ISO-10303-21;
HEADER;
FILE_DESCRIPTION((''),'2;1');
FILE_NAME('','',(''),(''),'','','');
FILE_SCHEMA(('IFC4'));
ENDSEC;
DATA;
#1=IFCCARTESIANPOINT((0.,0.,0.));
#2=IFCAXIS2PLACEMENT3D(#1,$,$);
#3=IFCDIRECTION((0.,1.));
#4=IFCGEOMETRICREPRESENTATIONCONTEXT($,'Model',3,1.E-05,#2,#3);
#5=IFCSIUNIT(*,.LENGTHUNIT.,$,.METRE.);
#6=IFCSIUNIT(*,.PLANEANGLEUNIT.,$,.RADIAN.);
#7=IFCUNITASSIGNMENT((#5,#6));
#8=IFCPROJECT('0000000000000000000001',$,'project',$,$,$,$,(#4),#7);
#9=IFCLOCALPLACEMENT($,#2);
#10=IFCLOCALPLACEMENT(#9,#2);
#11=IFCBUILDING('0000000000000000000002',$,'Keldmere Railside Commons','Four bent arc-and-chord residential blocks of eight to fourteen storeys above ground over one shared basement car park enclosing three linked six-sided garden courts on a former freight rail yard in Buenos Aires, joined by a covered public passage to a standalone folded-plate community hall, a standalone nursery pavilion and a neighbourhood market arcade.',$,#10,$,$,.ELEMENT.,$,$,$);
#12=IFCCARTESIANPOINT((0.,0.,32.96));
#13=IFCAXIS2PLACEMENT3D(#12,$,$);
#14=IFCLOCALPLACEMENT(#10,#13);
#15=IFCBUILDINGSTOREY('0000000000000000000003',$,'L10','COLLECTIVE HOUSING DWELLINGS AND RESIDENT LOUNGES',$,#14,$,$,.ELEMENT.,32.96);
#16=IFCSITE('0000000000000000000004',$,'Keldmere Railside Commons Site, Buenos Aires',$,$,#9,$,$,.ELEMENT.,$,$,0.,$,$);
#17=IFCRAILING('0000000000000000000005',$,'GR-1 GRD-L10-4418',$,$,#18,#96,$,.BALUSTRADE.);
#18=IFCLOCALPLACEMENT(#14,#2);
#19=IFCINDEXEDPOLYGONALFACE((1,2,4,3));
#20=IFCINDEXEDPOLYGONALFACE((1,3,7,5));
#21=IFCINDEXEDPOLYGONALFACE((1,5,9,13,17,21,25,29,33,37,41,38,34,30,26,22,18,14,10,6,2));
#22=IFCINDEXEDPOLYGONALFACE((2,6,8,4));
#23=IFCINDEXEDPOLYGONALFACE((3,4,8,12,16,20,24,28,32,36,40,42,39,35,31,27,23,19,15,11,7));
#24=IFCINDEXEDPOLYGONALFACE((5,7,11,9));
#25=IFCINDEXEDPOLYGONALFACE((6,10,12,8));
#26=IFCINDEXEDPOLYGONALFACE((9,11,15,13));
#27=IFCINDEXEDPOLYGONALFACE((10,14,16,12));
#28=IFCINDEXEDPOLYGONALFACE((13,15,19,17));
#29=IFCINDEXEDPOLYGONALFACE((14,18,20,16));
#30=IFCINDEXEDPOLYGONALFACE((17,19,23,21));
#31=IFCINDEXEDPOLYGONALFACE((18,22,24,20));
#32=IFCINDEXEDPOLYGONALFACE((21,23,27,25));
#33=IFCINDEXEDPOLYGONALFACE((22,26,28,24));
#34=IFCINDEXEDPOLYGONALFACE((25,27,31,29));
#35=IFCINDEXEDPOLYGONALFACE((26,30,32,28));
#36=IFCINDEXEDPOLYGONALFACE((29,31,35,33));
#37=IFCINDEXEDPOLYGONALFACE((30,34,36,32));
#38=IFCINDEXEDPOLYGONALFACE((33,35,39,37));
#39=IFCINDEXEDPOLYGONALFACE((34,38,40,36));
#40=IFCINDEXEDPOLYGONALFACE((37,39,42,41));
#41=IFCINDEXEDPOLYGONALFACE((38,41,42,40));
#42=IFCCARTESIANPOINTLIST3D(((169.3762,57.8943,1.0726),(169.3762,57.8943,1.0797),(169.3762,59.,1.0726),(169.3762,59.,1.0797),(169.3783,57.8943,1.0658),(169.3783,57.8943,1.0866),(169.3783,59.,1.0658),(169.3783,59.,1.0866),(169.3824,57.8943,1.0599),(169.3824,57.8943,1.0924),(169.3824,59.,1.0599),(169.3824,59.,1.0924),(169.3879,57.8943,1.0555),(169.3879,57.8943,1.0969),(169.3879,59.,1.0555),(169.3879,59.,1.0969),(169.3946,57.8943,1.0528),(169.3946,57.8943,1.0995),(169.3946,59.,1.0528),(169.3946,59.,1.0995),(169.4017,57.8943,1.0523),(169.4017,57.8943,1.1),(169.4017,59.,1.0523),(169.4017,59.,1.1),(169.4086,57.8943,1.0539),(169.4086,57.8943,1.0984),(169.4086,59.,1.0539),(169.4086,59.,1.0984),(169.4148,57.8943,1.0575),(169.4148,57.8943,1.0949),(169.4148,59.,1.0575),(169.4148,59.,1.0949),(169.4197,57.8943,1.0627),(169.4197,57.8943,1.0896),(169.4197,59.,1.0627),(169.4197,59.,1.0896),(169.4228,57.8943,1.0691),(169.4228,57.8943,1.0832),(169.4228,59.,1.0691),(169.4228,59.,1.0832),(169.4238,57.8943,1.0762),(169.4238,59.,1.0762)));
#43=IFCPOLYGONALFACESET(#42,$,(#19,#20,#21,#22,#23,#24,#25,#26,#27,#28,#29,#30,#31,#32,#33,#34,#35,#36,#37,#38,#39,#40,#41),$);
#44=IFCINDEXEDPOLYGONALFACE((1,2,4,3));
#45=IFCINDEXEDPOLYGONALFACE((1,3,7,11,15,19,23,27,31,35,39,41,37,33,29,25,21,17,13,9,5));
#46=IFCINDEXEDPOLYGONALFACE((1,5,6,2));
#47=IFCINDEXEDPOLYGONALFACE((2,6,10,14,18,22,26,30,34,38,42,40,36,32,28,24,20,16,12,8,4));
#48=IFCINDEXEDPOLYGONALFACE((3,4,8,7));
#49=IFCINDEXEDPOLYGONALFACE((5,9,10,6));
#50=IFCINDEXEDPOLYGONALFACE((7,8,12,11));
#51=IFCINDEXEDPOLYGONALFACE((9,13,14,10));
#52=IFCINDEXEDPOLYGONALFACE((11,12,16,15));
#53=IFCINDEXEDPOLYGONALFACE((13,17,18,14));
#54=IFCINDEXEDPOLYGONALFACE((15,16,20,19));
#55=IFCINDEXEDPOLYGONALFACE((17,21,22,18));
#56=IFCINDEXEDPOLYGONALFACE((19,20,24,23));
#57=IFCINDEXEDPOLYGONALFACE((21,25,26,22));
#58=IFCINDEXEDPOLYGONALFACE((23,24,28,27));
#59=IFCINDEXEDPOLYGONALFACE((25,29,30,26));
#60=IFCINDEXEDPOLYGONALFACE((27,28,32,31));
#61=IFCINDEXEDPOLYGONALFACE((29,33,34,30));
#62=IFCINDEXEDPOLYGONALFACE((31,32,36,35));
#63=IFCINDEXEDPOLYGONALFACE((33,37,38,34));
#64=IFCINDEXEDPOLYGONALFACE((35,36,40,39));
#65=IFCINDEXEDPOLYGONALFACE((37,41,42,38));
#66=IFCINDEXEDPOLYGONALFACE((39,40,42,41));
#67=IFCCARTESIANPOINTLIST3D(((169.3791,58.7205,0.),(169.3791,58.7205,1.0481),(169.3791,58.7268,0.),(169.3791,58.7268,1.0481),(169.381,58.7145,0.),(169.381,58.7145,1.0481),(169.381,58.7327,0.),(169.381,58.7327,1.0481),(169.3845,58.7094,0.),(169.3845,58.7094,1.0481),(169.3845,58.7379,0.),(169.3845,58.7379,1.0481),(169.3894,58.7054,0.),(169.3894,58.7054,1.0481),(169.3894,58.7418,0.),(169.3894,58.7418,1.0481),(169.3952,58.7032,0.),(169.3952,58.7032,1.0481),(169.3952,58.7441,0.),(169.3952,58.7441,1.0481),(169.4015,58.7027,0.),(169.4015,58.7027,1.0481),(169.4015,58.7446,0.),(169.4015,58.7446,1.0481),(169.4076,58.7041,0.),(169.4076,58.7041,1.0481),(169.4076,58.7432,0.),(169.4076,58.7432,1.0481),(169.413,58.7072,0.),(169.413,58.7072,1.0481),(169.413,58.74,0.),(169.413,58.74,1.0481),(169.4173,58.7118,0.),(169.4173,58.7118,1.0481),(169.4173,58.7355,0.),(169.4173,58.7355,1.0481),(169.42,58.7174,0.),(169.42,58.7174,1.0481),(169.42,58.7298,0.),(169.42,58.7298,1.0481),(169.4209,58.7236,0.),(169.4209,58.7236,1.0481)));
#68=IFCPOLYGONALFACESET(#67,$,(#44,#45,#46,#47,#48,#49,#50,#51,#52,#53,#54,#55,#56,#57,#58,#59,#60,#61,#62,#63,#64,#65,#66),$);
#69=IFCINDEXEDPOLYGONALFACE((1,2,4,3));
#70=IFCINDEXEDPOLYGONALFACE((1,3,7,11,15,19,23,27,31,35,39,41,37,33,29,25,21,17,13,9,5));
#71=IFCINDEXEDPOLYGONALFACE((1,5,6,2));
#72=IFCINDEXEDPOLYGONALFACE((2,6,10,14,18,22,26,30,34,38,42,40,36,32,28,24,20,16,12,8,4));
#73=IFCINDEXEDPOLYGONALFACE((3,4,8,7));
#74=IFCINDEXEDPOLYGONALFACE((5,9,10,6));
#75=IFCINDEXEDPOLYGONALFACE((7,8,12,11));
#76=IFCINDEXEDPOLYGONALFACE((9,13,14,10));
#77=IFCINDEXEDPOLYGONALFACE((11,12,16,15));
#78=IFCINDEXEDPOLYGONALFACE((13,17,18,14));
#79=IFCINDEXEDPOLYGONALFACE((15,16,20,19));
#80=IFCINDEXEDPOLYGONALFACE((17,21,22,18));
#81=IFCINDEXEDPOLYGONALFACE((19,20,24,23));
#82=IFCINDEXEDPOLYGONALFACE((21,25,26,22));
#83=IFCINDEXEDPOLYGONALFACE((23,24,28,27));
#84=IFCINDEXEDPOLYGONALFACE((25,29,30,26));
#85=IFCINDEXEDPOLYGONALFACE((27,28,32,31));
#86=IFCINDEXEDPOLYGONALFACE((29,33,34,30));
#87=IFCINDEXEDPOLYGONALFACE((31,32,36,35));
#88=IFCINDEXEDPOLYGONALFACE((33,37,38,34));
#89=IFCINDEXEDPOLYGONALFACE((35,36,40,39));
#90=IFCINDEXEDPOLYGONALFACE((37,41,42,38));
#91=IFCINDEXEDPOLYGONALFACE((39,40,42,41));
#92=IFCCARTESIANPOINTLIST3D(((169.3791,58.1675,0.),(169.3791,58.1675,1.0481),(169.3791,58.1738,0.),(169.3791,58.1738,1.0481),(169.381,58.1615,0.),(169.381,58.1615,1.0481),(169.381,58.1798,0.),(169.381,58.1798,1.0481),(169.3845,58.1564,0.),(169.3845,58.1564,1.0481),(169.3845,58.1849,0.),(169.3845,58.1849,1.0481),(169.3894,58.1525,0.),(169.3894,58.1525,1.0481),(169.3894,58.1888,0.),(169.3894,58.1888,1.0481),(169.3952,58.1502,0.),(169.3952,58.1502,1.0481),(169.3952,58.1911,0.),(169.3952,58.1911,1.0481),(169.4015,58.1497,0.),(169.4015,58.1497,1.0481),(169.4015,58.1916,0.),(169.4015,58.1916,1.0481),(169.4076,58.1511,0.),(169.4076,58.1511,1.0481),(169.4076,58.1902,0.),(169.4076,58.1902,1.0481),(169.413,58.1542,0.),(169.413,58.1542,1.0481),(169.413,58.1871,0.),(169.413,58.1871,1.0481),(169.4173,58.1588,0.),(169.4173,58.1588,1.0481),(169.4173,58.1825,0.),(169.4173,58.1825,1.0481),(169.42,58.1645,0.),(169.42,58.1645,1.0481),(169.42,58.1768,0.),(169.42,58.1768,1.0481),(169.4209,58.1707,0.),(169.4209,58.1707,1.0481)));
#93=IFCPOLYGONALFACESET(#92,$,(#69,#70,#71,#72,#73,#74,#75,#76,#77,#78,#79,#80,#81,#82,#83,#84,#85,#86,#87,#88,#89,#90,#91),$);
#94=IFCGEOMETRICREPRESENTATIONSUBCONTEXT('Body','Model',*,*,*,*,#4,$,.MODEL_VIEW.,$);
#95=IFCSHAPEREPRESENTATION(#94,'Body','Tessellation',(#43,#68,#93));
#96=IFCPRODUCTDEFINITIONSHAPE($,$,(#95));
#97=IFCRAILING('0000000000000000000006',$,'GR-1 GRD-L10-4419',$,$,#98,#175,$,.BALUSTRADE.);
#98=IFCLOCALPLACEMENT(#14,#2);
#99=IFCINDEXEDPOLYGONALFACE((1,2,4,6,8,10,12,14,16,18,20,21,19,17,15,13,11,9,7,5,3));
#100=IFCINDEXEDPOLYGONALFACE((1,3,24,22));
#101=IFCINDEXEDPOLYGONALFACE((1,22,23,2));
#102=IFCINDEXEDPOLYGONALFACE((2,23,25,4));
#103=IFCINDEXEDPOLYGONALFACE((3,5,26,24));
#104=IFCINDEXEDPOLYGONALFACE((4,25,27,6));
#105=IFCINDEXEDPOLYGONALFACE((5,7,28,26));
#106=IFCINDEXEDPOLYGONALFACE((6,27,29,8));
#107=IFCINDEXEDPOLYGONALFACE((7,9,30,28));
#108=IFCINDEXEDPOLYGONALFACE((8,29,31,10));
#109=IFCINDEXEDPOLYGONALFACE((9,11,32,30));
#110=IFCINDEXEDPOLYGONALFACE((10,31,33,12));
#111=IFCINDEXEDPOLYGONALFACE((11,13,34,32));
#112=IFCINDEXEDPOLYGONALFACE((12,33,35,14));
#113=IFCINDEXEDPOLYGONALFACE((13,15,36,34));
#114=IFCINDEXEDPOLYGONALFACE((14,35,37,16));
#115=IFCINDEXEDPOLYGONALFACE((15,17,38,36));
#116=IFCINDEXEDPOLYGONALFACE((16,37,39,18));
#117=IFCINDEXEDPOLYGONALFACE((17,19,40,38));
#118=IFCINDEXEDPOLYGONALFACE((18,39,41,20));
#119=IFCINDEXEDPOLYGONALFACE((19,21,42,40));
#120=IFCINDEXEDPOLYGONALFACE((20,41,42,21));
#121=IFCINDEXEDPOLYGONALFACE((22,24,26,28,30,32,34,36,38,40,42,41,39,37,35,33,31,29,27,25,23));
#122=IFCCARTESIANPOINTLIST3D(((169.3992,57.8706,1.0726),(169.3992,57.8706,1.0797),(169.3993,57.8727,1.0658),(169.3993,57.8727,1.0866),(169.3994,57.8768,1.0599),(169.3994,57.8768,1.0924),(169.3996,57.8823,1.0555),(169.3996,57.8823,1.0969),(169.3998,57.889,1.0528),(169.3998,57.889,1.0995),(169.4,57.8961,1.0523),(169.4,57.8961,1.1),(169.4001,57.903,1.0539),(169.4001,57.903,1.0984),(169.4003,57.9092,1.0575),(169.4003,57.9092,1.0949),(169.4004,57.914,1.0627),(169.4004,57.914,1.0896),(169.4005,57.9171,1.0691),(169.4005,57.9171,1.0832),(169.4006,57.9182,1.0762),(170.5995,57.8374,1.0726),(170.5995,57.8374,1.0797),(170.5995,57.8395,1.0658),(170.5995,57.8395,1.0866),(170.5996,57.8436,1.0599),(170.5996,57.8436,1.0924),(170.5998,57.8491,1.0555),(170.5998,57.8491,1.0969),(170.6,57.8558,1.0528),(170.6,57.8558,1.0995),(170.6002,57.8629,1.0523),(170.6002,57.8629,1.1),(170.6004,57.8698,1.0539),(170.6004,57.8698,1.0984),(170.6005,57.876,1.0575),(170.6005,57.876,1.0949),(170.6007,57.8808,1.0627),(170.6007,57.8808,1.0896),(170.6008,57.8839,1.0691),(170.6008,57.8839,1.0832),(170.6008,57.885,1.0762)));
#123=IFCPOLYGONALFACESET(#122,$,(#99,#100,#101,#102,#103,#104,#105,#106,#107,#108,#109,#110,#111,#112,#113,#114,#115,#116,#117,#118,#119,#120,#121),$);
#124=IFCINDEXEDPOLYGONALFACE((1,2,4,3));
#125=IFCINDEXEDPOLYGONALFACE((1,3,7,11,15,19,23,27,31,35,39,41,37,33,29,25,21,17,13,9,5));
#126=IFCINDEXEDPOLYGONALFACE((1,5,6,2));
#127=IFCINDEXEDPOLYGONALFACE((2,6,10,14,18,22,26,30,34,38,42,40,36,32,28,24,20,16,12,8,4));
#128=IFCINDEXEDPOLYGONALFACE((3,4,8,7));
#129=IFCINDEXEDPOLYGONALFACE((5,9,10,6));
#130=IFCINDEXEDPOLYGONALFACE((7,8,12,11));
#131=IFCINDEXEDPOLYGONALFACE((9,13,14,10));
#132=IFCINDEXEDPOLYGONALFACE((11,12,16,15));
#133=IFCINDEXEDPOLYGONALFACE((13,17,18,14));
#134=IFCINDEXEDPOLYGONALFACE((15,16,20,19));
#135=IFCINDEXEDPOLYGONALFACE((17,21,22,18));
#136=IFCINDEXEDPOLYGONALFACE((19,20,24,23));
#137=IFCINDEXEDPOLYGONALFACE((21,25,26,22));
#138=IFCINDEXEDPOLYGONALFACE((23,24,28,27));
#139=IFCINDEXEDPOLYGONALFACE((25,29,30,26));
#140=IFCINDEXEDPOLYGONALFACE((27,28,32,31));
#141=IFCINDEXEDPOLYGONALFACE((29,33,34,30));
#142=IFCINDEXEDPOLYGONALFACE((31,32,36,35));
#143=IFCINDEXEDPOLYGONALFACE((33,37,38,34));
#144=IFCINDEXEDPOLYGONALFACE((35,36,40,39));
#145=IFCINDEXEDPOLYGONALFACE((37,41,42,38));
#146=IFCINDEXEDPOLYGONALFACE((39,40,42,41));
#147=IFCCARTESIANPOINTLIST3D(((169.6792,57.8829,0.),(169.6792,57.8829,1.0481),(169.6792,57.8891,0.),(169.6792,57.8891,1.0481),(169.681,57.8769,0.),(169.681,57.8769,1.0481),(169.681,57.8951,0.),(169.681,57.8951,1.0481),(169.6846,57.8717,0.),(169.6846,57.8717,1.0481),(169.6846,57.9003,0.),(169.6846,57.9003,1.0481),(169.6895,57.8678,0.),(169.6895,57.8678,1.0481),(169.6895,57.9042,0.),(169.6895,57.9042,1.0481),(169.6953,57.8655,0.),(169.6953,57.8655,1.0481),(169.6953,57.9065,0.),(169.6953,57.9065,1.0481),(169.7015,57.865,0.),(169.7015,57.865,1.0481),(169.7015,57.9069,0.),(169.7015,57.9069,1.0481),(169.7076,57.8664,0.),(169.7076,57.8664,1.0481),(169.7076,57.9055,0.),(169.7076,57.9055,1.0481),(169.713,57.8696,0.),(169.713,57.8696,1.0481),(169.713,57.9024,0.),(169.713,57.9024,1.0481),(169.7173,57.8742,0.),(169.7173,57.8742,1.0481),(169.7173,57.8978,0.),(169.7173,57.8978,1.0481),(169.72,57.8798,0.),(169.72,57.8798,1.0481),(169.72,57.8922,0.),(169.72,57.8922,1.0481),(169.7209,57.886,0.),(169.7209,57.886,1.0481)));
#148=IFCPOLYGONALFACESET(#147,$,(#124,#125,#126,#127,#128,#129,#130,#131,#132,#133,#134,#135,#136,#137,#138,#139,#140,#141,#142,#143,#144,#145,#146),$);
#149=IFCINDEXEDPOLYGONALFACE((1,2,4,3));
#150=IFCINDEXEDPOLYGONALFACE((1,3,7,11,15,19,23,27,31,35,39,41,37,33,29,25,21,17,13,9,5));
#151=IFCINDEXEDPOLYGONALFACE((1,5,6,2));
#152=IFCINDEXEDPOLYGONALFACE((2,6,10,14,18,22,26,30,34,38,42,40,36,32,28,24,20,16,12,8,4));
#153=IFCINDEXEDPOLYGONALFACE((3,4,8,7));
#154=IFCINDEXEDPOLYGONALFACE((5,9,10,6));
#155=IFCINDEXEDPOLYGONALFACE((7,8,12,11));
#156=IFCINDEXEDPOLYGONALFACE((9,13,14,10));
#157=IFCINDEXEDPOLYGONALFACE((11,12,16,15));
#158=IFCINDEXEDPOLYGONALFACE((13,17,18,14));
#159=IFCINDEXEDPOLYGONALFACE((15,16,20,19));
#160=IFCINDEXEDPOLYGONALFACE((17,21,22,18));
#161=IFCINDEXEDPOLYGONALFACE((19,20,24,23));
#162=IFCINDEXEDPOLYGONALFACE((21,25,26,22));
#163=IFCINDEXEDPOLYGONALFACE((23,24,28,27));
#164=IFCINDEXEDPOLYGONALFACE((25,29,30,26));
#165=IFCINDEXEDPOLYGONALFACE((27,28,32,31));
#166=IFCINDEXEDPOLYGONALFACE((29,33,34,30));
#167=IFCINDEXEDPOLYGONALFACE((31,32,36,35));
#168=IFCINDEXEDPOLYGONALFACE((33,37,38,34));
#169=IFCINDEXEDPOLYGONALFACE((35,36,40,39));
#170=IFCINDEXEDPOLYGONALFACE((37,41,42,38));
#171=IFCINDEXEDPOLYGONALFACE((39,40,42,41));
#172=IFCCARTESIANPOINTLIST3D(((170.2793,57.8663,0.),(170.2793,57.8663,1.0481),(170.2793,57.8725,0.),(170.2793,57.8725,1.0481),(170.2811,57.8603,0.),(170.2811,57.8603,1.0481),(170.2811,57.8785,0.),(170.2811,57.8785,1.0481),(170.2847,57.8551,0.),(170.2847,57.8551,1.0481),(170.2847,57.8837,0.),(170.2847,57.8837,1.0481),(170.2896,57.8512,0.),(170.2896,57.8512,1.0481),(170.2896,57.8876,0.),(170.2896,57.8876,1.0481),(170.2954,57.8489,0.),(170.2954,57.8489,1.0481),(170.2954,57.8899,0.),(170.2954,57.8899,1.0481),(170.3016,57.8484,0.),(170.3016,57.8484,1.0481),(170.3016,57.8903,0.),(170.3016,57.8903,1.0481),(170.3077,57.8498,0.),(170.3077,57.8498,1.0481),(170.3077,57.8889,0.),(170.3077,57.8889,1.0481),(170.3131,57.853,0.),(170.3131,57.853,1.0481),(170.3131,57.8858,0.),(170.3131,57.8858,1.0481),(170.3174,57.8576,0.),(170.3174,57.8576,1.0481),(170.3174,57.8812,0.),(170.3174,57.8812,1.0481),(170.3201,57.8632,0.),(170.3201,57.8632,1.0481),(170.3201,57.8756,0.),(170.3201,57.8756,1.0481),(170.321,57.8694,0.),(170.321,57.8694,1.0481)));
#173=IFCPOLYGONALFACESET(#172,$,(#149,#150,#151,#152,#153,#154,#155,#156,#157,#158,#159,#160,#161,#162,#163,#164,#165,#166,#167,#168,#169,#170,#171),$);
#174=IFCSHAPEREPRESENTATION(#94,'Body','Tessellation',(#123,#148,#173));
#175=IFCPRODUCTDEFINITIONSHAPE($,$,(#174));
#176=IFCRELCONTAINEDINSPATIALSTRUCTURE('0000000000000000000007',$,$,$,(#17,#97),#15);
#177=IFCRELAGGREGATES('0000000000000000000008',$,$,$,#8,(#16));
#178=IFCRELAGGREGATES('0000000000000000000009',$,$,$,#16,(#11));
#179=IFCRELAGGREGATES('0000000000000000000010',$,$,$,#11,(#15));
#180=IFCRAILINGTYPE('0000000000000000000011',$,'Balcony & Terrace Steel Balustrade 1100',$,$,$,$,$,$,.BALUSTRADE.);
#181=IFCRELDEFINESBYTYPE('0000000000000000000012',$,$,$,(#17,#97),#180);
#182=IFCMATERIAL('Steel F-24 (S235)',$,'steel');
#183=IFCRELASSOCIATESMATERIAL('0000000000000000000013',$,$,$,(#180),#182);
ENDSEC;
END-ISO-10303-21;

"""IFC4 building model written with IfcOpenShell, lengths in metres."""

from ifc_helpers import new_model, si_unit, direction, frame, origin, origin_2d, place, context, subcontext, project, spatial, circle, extrude, material, type_object, element, save


model = new_model("IFC4")

# Units and contexts
model_context = context("Model", 3, precision=1e-05, world=origin(), true_north=direction((0.0, 1.0)))
body_context = subcontext(model_context, "Body", "Model", "MODEL_VIEW")
ifc_project = project(units=[si_unit("LENGTHUNIT", "METRE"), si_unit("PLANEANGLEUNIT", "RADIAN")], contexts=[model_context])

# Site, building, storey
site_placement = place(None, origin())
site = spatial("IfcSite", under=ifc_project, at=site_placement, Name="Keldmere Railside Commons Site, Buenos Aires", CompositionType="ELEMENT", RefElevation=0.0)
building_placement = place(site_placement, origin())
building = spatial("IfcBuilding", under=site, at=building_placement, Name="Keldmere Railside Commons", Description="Four bent arc-and-chord residential blocks of eight to fourteen storeys above ground over one shared basement car park enclosing three linked six-sided garden courts on a former freight rail yard in Buenos Aires, joined by a covered public passage to a standalone folded-plate community hall, a standalone nursery pavilion and a neighbourhood market arcade.", CompositionType="ELEMENT")
storey_placement = place(building_placement, frame((0.0, 0.0, 32.96)))
storey = spatial("IfcBuildingStorey", under=building, at=storey_placement, Name="L10", Description="COLLECTIVE HOUSING DWELLINGS AND RESIDENT LOUNGES", CompositionType="ELEMENT", Elevation=32.96)

# Railings
ifc_material_1 = material(Name="Steel F-24 (S235)", Category="steel")
railing_type = type_object("IfcRailingType", Name="Balcony & Terrace Steel Balustrade 1100", PredefinedType="BALUSTRADE", material=ifc_material_1)
railing_1_placement = place(storey_placement, frame((169.3999, 59.0, 0.0)))
element("IfcRailing", 1, at=railing_1_placement, inside=storey, type_object=railing_type, Name="GR-1 GRD-L10-4418", PredefinedType="BALUSTRADE", context=body_context, shape_type="SweptSolid", body=[
    extrude(circle(Radius=0.0239, at=origin_2d()), frame((0.0, 0.0, 1.0762), z_axis=(0.0, -1.0, 0.0), x_axis=(1.0, 0.0, 0.0)), (0.0, 0.0, 1.0), 1.1057),
    extrude(circle(Radius=0.021, at=origin_2d()), frame((0.0, -0.2764, 0.0)), (0.0, 0.0, 1.0), 1.0481),
    extrude(circle(Radius=0.021, at=origin_2d()), frame((0.0, -0.8293, 0.0)), (0.0, 0.0, 1.0), 1.0481),
])
railing_2_placement = place(storey_placement, frame((169.3999, 57.8943, 0.0)))
element("IfcRailing", 2, at=railing_2_placement, inside=storey, type_object=railing_type, Name="GR-1 GRD-L10-4419", PredefinedType="BALUSTRADE", context=body_context, shape_type="SweptSolid", body=[
    extrude(circle(Radius=0.0239, at=origin_2d()), frame((0.0, 0.0, 1.0762), z_axis=(0.999618, -0.027654, 0.0), x_axis=(0.027654, 0.999618, 0.0)), (0.0, 0.0, 1.0), 1.2007),
    extrude(circle(Radius=0.021, at=origin_2d()), frame((0.3, -0.0083, 0.0)), (0.0, 0.0, 1.0), 1.0481),
    extrude(circle(Radius=0.021, at=origin_2d()), frame((0.9001, -0.0249, 0.0)), (0.0, 0.0, 1.0), 1.0481),
])

save(model, "model.ifc")
